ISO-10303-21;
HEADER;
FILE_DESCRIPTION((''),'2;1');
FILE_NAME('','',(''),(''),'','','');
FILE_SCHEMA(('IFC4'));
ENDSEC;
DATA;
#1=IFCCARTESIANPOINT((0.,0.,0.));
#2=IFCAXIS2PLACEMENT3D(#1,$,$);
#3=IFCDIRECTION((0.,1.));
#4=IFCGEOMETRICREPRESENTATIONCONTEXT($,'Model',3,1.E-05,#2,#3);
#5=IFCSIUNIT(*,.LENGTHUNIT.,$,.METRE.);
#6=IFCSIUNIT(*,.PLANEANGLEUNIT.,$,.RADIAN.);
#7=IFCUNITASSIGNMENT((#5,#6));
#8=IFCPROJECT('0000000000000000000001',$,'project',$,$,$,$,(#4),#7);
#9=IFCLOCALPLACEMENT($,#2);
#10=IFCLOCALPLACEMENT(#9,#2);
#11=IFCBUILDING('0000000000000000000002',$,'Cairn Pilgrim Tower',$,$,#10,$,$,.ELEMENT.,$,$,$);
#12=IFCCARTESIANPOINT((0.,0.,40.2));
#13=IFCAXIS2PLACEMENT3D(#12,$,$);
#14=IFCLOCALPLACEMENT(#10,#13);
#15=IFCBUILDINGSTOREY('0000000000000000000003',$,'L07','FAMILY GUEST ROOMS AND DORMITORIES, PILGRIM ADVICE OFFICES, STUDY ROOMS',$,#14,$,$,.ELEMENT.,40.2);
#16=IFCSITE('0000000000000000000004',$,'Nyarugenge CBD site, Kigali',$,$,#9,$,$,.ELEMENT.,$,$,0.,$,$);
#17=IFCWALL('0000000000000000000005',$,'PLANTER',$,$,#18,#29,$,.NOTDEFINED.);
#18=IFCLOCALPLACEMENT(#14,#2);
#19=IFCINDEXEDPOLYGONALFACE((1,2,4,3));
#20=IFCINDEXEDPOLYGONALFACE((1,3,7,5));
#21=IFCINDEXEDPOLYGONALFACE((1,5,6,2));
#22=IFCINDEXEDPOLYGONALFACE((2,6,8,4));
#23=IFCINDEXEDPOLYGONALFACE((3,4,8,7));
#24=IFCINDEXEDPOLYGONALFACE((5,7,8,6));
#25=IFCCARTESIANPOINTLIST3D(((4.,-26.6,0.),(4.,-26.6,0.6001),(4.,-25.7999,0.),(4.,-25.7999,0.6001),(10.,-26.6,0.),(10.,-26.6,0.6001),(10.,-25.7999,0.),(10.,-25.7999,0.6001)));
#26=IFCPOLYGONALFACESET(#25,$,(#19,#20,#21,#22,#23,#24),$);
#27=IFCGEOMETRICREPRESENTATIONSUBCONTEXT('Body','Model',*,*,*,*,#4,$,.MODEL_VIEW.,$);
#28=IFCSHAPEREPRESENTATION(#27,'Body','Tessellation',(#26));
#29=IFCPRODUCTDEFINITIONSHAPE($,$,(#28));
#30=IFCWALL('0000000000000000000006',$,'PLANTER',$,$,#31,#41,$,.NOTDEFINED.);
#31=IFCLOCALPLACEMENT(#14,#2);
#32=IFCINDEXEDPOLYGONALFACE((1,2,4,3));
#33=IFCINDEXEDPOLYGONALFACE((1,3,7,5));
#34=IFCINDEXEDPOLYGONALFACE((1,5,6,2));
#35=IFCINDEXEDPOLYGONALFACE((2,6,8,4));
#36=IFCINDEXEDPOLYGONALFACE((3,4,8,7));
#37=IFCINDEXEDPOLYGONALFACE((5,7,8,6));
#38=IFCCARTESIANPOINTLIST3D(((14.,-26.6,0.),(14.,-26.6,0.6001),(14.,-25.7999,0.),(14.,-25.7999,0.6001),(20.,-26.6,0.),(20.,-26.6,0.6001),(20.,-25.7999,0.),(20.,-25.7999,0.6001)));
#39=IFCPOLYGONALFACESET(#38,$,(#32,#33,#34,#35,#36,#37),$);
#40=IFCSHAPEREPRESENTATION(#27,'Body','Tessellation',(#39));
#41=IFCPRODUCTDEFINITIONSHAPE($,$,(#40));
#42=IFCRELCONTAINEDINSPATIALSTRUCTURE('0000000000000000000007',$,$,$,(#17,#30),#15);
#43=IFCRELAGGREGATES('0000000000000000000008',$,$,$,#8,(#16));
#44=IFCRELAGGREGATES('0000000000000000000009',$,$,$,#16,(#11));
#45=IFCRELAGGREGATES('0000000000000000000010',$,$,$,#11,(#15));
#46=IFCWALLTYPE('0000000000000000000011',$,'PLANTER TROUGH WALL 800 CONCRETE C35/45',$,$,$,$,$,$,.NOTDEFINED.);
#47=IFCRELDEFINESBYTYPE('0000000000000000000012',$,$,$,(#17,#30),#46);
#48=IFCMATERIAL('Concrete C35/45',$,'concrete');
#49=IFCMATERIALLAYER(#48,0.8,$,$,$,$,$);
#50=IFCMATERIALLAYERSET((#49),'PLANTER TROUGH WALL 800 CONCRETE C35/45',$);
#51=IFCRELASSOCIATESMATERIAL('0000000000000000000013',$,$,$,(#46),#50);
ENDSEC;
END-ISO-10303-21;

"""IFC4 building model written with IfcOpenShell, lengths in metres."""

from ifc_helpers import new_model, si_unit, direction, frame, frame_2d, origin, place, context, subcontext, project, spatial, rectangle, extrude, material, layer, layer_set, type_object, element, save


model = new_model("IFC4")

# Units and contexts
model_context = context("Model", 3, precision=1e-05, world=origin(), true_north=direction((0.0, 1.0)))
body_context = subcontext(model_context, "Body", "Model", "MODEL_VIEW")
ifc_project = project(units=[si_unit("LENGTHUNIT", "METRE"), si_unit("PLANEANGLEUNIT", "RADIAN")], contexts=[model_context])

# Site, building, storey
site_placement = place(None, origin())
site = spatial("IfcSite", under=ifc_project, at=site_placement, Name="Nyarugenge CBD site, Kigali", CompositionType="ELEMENT", RefElevation=0.0)
building_placement = place(site_placement, origin())
building = spatial("IfcBuilding", under=site, at=building_placement, Name="Cairn Pilgrim Tower", CompositionType="ELEMENT")
storey_placement = place(building_placement, frame((0.0, 0.0, 40.2)))
storey = spatial("IfcBuildingStorey", under=building, at=storey_placement, Name="L07", Description="FAMILY GUEST ROOMS AND DORMITORIES, PILGRIM ADVICE OFFICES, STUDY ROOMS", CompositionType="ELEMENT", Elevation=40.2)

# Walls
ifc_material_1 = material(Name="Concrete C35/45", Category="concrete")
ifc_layer_1 = layer(ifc_material_1, 0.8)
ifc_layer_set_1 = layer_set([ifc_layer_1], Name="PLANTER TROUGH WALL 800 CONCRETE C35/45")
wall_type_1 = type_object("IfcWallType", Name="PLANTER TROUGH WALL 800 CONCRETE C35/45", PredefinedType="NOTDEFINED", material=ifc_layer_set_1)
for number, where, z_axis, x_axis, name in (
    (1, (4.0, -26.2, 0.0), (0.0, 0.0, 1.0), (1.0, 0.0, 0.0), "PLANTER"),
    (2, (14.0, -26.2, 0.0), (0.0, 0.0, 1.0), (1.0, 0.0, 0.0), "PLANTER"),
):
    element("IfcWall", number, at=place(storey_placement, frame(where, z_axis=z_axis, x_axis=x_axis)), inside=storey, type_object=wall_type_1, Name=name, PredefinedType="NOTDEFINED", context=body_context, shape_type="SweptSolid", body=[
        extrude(rectangle(XDim=6.0, YDim=0.8, at=frame_2d((3.0, 0.0))), origin(), (0.0, 0.0, 1.0), 0.6001),
    ])

save(model, "model.ifc")
